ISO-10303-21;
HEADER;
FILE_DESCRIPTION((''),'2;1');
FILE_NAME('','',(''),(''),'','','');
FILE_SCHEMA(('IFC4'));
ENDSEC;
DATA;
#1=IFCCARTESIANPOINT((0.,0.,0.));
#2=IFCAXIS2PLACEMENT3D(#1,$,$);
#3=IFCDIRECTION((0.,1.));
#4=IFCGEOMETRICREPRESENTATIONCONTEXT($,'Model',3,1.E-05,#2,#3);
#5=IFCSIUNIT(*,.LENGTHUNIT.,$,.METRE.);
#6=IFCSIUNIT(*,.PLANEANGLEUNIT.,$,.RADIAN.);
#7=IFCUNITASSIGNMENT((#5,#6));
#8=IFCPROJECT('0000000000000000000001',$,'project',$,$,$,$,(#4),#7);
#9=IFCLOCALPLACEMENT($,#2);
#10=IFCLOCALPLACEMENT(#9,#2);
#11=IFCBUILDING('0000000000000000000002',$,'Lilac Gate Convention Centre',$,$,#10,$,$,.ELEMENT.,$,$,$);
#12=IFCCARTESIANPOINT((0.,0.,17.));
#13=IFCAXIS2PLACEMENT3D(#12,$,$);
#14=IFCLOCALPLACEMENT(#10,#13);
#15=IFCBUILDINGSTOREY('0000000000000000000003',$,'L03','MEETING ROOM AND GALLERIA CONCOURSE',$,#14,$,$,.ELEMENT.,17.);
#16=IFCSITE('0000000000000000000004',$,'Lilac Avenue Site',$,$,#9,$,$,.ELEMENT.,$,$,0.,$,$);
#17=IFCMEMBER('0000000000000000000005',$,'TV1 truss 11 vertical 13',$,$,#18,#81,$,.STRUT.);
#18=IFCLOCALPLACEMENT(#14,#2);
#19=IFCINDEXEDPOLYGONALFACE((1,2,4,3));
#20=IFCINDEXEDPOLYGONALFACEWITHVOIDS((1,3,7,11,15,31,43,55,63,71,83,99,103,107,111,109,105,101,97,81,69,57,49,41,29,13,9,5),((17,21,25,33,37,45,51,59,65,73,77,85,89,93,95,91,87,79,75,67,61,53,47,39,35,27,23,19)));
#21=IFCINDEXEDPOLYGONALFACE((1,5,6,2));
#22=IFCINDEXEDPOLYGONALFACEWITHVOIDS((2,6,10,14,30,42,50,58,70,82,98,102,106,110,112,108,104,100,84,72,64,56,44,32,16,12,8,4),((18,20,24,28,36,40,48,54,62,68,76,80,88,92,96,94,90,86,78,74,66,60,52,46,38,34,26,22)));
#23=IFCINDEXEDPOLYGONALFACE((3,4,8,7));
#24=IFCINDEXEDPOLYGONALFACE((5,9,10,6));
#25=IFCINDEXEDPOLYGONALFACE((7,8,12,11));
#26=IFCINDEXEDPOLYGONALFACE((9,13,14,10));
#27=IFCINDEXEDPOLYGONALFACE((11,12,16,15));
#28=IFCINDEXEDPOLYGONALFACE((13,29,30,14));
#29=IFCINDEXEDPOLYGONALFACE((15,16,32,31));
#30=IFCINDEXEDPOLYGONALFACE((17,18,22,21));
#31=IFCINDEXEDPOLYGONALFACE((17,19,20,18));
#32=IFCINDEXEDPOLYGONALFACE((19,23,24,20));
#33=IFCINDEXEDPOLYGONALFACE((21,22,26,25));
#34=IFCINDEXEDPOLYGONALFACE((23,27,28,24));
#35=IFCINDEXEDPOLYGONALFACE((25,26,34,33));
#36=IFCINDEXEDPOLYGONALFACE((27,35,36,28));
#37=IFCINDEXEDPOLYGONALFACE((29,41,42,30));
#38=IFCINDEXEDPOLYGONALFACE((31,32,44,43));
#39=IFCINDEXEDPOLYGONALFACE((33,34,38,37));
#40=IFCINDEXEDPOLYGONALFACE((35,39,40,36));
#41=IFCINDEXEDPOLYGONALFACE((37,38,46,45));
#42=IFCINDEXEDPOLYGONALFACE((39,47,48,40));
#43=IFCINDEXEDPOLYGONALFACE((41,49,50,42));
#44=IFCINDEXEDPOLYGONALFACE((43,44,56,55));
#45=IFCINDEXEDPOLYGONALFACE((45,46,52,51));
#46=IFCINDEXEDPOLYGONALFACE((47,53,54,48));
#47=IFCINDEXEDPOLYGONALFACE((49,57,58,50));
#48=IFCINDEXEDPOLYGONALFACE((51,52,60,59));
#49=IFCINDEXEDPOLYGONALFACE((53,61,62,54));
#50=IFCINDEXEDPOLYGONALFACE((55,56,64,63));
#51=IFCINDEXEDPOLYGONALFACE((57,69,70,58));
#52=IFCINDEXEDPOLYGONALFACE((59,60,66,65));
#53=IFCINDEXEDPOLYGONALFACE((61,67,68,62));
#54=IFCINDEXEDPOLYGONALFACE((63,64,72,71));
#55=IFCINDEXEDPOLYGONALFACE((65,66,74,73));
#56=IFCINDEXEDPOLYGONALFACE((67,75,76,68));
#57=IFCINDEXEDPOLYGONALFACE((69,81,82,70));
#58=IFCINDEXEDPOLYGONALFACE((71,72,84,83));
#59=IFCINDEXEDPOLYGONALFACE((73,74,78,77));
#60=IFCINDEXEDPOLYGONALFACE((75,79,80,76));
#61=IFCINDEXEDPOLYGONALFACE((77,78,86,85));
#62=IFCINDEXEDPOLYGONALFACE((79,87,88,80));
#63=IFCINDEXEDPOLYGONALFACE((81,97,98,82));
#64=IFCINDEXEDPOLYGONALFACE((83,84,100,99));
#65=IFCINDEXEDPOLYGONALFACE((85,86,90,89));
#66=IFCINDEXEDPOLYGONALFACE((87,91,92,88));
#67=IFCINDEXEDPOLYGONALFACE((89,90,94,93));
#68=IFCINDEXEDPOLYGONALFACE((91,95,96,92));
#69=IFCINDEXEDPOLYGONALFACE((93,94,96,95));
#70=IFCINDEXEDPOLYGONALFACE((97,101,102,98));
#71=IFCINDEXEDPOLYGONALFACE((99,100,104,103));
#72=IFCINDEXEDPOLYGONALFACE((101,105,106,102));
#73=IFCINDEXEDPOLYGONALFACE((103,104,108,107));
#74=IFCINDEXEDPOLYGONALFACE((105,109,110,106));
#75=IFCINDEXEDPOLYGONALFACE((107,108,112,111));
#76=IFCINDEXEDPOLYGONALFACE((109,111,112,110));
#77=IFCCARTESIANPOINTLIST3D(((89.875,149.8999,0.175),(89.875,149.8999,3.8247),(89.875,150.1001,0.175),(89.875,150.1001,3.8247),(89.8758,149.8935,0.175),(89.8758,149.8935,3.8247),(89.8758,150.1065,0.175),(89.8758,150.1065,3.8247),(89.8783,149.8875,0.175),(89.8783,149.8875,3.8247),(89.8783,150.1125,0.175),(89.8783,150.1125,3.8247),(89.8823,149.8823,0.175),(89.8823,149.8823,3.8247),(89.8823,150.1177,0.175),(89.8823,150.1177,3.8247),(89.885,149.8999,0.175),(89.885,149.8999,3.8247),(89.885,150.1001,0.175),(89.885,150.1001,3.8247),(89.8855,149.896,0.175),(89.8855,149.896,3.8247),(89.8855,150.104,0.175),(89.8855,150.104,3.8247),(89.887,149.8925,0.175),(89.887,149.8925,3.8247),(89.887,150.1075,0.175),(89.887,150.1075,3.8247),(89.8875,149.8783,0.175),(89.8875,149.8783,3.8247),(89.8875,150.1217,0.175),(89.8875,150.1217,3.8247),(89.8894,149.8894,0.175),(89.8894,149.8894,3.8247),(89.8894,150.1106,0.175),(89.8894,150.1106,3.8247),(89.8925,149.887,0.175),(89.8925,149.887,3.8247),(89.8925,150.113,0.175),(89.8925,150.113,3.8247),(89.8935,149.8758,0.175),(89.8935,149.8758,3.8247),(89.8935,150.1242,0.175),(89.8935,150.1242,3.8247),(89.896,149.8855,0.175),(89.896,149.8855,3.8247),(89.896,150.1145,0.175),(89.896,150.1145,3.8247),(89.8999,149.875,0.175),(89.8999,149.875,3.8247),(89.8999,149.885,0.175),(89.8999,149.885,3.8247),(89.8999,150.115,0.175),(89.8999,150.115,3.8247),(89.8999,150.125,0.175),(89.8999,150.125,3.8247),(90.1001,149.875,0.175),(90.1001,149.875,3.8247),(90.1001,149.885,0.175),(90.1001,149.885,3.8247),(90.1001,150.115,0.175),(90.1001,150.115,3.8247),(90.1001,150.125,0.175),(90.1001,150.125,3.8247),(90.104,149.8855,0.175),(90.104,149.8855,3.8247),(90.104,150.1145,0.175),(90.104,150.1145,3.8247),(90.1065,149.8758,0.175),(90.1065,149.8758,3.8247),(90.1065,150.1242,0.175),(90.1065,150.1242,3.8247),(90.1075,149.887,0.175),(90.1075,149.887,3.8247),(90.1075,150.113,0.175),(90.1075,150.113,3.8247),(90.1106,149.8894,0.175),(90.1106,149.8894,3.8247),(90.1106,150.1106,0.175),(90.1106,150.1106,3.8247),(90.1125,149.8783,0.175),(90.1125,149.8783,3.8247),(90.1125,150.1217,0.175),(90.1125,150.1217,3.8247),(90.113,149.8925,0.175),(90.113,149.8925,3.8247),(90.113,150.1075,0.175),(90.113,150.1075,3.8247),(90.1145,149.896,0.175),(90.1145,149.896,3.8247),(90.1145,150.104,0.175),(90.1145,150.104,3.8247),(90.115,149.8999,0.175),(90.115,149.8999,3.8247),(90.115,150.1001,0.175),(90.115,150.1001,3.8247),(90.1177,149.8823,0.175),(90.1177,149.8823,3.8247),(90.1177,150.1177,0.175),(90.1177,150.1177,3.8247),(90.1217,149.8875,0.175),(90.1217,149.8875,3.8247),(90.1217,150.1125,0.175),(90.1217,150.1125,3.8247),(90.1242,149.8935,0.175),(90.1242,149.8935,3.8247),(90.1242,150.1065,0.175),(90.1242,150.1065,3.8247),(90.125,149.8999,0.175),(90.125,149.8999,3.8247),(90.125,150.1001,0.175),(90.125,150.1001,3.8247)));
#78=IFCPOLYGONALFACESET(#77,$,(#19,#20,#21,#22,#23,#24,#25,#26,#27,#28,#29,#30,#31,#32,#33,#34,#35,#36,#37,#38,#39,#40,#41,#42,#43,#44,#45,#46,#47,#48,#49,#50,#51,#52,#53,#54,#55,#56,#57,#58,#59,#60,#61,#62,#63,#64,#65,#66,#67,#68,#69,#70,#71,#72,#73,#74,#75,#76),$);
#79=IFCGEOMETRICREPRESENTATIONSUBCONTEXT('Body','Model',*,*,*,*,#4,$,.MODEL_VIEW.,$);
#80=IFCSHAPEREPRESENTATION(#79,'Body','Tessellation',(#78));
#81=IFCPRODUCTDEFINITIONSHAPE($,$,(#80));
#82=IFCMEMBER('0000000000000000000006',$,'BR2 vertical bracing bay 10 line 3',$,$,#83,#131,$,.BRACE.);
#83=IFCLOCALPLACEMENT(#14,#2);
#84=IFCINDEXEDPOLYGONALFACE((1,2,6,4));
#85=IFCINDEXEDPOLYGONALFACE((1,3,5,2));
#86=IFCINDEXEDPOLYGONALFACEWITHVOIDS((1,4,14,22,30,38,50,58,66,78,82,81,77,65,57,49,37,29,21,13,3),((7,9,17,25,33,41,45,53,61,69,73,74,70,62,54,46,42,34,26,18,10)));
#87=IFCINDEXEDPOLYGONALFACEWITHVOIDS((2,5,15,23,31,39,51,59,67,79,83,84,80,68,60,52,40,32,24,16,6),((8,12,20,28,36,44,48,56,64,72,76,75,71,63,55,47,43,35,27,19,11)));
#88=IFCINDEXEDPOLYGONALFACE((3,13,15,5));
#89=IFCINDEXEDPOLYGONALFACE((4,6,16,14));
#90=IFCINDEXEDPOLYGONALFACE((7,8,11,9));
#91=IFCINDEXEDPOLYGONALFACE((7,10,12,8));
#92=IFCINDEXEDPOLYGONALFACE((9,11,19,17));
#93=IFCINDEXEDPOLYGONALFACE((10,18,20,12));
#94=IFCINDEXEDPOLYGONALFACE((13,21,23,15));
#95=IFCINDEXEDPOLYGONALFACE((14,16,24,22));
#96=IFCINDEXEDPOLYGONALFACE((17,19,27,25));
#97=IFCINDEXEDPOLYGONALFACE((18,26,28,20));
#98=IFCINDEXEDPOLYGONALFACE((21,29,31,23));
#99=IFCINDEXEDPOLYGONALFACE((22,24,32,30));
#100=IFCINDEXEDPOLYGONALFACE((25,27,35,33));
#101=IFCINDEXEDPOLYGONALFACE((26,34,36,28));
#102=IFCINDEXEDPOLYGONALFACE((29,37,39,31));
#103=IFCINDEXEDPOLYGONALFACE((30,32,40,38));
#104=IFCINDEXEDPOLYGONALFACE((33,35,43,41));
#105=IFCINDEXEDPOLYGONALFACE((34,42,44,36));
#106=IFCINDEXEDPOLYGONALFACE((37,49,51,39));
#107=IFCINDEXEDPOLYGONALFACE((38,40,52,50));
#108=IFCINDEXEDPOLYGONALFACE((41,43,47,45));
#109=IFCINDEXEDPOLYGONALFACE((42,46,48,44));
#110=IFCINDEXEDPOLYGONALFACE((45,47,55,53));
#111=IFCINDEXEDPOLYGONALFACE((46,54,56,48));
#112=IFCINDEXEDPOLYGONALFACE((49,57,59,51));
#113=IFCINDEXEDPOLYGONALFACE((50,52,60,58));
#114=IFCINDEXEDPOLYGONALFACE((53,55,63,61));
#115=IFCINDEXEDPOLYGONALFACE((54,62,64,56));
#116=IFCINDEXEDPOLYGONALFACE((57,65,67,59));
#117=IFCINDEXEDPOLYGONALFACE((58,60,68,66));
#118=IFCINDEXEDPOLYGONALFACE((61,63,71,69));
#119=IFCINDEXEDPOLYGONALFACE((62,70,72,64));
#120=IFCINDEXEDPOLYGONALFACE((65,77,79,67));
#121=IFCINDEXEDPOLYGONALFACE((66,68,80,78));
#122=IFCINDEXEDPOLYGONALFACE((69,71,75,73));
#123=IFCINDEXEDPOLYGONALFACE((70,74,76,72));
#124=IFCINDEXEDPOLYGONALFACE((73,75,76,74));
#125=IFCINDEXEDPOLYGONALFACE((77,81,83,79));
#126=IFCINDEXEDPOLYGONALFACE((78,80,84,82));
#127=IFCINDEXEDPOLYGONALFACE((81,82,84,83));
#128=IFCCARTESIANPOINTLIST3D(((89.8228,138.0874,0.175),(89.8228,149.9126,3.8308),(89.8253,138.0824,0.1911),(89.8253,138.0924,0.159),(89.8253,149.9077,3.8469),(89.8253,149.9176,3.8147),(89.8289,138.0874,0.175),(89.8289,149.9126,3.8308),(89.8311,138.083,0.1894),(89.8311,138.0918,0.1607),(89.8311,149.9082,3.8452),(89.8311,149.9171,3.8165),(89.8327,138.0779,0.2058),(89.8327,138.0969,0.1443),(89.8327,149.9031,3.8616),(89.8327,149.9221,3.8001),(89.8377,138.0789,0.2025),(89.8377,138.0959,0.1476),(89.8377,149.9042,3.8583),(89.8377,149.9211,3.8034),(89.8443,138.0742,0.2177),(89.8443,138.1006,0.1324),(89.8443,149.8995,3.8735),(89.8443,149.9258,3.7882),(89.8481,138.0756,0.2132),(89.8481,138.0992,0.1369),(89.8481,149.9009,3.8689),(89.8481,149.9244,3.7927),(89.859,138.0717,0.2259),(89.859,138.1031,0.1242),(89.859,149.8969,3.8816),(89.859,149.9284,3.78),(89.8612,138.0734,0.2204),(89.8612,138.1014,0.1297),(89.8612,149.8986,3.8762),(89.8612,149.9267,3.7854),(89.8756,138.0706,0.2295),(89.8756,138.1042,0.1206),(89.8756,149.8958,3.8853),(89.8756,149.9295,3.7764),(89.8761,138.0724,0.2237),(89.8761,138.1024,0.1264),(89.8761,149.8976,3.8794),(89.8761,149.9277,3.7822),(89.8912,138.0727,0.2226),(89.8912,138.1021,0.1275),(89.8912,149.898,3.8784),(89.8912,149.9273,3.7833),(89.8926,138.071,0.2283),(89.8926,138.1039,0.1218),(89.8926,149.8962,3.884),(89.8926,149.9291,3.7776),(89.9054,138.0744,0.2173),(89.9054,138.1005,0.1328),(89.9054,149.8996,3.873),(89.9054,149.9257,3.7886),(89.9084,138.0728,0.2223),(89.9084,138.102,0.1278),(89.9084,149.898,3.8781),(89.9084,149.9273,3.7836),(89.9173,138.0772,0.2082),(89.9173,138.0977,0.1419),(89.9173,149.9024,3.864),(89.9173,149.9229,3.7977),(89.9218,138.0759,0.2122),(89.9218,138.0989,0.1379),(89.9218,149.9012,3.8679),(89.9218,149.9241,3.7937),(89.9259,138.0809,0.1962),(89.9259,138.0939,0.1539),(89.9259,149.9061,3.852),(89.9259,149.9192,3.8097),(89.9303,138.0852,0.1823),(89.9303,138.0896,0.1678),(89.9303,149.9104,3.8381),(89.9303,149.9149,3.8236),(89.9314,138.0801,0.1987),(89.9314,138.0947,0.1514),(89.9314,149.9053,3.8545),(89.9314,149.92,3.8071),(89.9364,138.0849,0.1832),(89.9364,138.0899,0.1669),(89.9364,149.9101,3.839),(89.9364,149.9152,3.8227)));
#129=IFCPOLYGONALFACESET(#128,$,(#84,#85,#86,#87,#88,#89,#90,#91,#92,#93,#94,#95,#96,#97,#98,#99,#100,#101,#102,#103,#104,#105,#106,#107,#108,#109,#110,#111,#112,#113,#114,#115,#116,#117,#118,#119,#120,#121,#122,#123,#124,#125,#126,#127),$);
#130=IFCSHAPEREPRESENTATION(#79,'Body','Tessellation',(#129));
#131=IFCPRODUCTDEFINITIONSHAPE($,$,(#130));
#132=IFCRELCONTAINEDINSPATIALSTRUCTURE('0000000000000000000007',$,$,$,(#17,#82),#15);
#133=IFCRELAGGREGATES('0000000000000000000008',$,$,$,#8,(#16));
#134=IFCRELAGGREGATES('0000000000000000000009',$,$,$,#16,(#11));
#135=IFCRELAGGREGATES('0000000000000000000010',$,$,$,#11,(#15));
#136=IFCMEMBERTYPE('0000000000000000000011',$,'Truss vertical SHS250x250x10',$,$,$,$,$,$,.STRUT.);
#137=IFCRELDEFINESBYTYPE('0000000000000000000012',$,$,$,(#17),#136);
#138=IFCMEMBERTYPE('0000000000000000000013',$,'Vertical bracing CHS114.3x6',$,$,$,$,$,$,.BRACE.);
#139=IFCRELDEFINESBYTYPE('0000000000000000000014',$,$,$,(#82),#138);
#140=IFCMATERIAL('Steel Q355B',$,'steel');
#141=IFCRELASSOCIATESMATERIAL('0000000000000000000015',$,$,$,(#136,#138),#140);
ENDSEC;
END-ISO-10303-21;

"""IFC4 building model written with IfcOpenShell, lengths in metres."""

from ifc_helpers import new_model, si_unit, direction, frame, origin, origin_2d, place, context, subcontext, project, spatial, hollow_rectangle, hollow_circle, extrude, material, material_profile, profile_set, type_object, element, save


model = new_model("IFC4")

# Units and contexts
model_context = context("Model", 3, precision=1e-05, world=origin(), true_north=direction((0.0, 1.0)))
body_context = subcontext(model_context, "Body", "Model", "MODEL_VIEW")
ifc_project = project(units=[si_unit("LENGTHUNIT", "METRE"), si_unit("PLANEANGLEUNIT", "RADIAN")], contexts=[model_context])

# Site, building, storey
site_placement = place(None, origin())
site = spatial("IfcSite", under=ifc_project, at=site_placement, Name="Lilac Avenue Site", CompositionType="ELEMENT", RefElevation=0.0)
building_placement = place(site_placement, origin())
building = spatial("IfcBuilding", under=site, at=building_placement, Name="Lilac Gate Convention Centre", CompositionType="ELEMENT")
storey_placement = place(building_placement, frame((0.0, 0.0, 17.0)))
storey = spatial("IfcBuildingStorey", under=building, at=storey_placement, Name="L03", Description="MEETING ROOM AND GALLERIA CONCOURSE", CompositionType="ELEMENT", Elevation=17.0)

# Members
ifc_material = material(Name="Steel Q355B", Category="steel")
ifc_material_profile_1 = material_profile(ifc_material, hollow_rectangle(XDim=0.25, YDim=0.25, WallThickness=0.01, InnerFilletRadius=0.0149, OuterFilletRadius=0.0249, at=origin_2d()), Name="SHS250x250x10")
ifc_profile_set_1 = profile_set([ifc_material_profile_1], Name="Steel Q355B")
member_type_1 = type_object("IfcMemberType", Name="Truss vertical SHS250x250x10", PredefinedType="STRUT", material=ifc_profile_set_1)
member_1_placement = place(storey_placement, frame((90.0, 150.0, 0.175), z_axis=(0.0, 0.0, 1.0), x_axis=(1.0, 0.0, 0.0)))
element("IfcMember", 1, at=member_1_placement, inside=storey, type_object=member_type_1, Name="TV1 truss 11 vertical 13", PredefinedType="STRUT", context=body_context, shape_type="SweptSolid", body=[
    extrude(hollow_rectangle(XDim=0.25, YDim=0.25, WallThickness=0.01, InnerFilletRadius=0.0149, OuterFilletRadius=0.0249, at=origin_2d()), origin(), (0.0, 0.0, 1.0), 3.6497),
])
ifc_material_profile_2 = material_profile(ifc_material, hollow_circle(Radius=0.0571, WallThickness=0.0061, at=origin_2d()), Name="CHS114.3x6")
ifc_profile_set_2 = profile_set([ifc_material_profile_2], Name="Steel Q355B")
member_type_2 = type_object("IfcMemberType", Name="Vertical bracing CHS114.3x6", PredefinedType="BRACE", material=ifc_profile_set_2)
member_2_placement = place(storey_placement, frame((89.8799, 138.0874, 0.175), z_axis=(0.0, 0.955387, 0.295358), x_axis=(-1.0, 0.0, 0.0)))
element("IfcMember", 2, at=member_2_placement, inside=storey, type_object=member_type_2, Name="BR2 vertical bracing bay 10 line 3", PredefinedType="BRACE", context=body_context, shape_type="SweptSolid", body=[
    extrude(hollow_circle(Radius=0.0571, WallThickness=0.0061, at=origin_2d()), origin(), (0.0, 0.0, 1.0), 12.3774),
])

save(model, "model.ifc")
